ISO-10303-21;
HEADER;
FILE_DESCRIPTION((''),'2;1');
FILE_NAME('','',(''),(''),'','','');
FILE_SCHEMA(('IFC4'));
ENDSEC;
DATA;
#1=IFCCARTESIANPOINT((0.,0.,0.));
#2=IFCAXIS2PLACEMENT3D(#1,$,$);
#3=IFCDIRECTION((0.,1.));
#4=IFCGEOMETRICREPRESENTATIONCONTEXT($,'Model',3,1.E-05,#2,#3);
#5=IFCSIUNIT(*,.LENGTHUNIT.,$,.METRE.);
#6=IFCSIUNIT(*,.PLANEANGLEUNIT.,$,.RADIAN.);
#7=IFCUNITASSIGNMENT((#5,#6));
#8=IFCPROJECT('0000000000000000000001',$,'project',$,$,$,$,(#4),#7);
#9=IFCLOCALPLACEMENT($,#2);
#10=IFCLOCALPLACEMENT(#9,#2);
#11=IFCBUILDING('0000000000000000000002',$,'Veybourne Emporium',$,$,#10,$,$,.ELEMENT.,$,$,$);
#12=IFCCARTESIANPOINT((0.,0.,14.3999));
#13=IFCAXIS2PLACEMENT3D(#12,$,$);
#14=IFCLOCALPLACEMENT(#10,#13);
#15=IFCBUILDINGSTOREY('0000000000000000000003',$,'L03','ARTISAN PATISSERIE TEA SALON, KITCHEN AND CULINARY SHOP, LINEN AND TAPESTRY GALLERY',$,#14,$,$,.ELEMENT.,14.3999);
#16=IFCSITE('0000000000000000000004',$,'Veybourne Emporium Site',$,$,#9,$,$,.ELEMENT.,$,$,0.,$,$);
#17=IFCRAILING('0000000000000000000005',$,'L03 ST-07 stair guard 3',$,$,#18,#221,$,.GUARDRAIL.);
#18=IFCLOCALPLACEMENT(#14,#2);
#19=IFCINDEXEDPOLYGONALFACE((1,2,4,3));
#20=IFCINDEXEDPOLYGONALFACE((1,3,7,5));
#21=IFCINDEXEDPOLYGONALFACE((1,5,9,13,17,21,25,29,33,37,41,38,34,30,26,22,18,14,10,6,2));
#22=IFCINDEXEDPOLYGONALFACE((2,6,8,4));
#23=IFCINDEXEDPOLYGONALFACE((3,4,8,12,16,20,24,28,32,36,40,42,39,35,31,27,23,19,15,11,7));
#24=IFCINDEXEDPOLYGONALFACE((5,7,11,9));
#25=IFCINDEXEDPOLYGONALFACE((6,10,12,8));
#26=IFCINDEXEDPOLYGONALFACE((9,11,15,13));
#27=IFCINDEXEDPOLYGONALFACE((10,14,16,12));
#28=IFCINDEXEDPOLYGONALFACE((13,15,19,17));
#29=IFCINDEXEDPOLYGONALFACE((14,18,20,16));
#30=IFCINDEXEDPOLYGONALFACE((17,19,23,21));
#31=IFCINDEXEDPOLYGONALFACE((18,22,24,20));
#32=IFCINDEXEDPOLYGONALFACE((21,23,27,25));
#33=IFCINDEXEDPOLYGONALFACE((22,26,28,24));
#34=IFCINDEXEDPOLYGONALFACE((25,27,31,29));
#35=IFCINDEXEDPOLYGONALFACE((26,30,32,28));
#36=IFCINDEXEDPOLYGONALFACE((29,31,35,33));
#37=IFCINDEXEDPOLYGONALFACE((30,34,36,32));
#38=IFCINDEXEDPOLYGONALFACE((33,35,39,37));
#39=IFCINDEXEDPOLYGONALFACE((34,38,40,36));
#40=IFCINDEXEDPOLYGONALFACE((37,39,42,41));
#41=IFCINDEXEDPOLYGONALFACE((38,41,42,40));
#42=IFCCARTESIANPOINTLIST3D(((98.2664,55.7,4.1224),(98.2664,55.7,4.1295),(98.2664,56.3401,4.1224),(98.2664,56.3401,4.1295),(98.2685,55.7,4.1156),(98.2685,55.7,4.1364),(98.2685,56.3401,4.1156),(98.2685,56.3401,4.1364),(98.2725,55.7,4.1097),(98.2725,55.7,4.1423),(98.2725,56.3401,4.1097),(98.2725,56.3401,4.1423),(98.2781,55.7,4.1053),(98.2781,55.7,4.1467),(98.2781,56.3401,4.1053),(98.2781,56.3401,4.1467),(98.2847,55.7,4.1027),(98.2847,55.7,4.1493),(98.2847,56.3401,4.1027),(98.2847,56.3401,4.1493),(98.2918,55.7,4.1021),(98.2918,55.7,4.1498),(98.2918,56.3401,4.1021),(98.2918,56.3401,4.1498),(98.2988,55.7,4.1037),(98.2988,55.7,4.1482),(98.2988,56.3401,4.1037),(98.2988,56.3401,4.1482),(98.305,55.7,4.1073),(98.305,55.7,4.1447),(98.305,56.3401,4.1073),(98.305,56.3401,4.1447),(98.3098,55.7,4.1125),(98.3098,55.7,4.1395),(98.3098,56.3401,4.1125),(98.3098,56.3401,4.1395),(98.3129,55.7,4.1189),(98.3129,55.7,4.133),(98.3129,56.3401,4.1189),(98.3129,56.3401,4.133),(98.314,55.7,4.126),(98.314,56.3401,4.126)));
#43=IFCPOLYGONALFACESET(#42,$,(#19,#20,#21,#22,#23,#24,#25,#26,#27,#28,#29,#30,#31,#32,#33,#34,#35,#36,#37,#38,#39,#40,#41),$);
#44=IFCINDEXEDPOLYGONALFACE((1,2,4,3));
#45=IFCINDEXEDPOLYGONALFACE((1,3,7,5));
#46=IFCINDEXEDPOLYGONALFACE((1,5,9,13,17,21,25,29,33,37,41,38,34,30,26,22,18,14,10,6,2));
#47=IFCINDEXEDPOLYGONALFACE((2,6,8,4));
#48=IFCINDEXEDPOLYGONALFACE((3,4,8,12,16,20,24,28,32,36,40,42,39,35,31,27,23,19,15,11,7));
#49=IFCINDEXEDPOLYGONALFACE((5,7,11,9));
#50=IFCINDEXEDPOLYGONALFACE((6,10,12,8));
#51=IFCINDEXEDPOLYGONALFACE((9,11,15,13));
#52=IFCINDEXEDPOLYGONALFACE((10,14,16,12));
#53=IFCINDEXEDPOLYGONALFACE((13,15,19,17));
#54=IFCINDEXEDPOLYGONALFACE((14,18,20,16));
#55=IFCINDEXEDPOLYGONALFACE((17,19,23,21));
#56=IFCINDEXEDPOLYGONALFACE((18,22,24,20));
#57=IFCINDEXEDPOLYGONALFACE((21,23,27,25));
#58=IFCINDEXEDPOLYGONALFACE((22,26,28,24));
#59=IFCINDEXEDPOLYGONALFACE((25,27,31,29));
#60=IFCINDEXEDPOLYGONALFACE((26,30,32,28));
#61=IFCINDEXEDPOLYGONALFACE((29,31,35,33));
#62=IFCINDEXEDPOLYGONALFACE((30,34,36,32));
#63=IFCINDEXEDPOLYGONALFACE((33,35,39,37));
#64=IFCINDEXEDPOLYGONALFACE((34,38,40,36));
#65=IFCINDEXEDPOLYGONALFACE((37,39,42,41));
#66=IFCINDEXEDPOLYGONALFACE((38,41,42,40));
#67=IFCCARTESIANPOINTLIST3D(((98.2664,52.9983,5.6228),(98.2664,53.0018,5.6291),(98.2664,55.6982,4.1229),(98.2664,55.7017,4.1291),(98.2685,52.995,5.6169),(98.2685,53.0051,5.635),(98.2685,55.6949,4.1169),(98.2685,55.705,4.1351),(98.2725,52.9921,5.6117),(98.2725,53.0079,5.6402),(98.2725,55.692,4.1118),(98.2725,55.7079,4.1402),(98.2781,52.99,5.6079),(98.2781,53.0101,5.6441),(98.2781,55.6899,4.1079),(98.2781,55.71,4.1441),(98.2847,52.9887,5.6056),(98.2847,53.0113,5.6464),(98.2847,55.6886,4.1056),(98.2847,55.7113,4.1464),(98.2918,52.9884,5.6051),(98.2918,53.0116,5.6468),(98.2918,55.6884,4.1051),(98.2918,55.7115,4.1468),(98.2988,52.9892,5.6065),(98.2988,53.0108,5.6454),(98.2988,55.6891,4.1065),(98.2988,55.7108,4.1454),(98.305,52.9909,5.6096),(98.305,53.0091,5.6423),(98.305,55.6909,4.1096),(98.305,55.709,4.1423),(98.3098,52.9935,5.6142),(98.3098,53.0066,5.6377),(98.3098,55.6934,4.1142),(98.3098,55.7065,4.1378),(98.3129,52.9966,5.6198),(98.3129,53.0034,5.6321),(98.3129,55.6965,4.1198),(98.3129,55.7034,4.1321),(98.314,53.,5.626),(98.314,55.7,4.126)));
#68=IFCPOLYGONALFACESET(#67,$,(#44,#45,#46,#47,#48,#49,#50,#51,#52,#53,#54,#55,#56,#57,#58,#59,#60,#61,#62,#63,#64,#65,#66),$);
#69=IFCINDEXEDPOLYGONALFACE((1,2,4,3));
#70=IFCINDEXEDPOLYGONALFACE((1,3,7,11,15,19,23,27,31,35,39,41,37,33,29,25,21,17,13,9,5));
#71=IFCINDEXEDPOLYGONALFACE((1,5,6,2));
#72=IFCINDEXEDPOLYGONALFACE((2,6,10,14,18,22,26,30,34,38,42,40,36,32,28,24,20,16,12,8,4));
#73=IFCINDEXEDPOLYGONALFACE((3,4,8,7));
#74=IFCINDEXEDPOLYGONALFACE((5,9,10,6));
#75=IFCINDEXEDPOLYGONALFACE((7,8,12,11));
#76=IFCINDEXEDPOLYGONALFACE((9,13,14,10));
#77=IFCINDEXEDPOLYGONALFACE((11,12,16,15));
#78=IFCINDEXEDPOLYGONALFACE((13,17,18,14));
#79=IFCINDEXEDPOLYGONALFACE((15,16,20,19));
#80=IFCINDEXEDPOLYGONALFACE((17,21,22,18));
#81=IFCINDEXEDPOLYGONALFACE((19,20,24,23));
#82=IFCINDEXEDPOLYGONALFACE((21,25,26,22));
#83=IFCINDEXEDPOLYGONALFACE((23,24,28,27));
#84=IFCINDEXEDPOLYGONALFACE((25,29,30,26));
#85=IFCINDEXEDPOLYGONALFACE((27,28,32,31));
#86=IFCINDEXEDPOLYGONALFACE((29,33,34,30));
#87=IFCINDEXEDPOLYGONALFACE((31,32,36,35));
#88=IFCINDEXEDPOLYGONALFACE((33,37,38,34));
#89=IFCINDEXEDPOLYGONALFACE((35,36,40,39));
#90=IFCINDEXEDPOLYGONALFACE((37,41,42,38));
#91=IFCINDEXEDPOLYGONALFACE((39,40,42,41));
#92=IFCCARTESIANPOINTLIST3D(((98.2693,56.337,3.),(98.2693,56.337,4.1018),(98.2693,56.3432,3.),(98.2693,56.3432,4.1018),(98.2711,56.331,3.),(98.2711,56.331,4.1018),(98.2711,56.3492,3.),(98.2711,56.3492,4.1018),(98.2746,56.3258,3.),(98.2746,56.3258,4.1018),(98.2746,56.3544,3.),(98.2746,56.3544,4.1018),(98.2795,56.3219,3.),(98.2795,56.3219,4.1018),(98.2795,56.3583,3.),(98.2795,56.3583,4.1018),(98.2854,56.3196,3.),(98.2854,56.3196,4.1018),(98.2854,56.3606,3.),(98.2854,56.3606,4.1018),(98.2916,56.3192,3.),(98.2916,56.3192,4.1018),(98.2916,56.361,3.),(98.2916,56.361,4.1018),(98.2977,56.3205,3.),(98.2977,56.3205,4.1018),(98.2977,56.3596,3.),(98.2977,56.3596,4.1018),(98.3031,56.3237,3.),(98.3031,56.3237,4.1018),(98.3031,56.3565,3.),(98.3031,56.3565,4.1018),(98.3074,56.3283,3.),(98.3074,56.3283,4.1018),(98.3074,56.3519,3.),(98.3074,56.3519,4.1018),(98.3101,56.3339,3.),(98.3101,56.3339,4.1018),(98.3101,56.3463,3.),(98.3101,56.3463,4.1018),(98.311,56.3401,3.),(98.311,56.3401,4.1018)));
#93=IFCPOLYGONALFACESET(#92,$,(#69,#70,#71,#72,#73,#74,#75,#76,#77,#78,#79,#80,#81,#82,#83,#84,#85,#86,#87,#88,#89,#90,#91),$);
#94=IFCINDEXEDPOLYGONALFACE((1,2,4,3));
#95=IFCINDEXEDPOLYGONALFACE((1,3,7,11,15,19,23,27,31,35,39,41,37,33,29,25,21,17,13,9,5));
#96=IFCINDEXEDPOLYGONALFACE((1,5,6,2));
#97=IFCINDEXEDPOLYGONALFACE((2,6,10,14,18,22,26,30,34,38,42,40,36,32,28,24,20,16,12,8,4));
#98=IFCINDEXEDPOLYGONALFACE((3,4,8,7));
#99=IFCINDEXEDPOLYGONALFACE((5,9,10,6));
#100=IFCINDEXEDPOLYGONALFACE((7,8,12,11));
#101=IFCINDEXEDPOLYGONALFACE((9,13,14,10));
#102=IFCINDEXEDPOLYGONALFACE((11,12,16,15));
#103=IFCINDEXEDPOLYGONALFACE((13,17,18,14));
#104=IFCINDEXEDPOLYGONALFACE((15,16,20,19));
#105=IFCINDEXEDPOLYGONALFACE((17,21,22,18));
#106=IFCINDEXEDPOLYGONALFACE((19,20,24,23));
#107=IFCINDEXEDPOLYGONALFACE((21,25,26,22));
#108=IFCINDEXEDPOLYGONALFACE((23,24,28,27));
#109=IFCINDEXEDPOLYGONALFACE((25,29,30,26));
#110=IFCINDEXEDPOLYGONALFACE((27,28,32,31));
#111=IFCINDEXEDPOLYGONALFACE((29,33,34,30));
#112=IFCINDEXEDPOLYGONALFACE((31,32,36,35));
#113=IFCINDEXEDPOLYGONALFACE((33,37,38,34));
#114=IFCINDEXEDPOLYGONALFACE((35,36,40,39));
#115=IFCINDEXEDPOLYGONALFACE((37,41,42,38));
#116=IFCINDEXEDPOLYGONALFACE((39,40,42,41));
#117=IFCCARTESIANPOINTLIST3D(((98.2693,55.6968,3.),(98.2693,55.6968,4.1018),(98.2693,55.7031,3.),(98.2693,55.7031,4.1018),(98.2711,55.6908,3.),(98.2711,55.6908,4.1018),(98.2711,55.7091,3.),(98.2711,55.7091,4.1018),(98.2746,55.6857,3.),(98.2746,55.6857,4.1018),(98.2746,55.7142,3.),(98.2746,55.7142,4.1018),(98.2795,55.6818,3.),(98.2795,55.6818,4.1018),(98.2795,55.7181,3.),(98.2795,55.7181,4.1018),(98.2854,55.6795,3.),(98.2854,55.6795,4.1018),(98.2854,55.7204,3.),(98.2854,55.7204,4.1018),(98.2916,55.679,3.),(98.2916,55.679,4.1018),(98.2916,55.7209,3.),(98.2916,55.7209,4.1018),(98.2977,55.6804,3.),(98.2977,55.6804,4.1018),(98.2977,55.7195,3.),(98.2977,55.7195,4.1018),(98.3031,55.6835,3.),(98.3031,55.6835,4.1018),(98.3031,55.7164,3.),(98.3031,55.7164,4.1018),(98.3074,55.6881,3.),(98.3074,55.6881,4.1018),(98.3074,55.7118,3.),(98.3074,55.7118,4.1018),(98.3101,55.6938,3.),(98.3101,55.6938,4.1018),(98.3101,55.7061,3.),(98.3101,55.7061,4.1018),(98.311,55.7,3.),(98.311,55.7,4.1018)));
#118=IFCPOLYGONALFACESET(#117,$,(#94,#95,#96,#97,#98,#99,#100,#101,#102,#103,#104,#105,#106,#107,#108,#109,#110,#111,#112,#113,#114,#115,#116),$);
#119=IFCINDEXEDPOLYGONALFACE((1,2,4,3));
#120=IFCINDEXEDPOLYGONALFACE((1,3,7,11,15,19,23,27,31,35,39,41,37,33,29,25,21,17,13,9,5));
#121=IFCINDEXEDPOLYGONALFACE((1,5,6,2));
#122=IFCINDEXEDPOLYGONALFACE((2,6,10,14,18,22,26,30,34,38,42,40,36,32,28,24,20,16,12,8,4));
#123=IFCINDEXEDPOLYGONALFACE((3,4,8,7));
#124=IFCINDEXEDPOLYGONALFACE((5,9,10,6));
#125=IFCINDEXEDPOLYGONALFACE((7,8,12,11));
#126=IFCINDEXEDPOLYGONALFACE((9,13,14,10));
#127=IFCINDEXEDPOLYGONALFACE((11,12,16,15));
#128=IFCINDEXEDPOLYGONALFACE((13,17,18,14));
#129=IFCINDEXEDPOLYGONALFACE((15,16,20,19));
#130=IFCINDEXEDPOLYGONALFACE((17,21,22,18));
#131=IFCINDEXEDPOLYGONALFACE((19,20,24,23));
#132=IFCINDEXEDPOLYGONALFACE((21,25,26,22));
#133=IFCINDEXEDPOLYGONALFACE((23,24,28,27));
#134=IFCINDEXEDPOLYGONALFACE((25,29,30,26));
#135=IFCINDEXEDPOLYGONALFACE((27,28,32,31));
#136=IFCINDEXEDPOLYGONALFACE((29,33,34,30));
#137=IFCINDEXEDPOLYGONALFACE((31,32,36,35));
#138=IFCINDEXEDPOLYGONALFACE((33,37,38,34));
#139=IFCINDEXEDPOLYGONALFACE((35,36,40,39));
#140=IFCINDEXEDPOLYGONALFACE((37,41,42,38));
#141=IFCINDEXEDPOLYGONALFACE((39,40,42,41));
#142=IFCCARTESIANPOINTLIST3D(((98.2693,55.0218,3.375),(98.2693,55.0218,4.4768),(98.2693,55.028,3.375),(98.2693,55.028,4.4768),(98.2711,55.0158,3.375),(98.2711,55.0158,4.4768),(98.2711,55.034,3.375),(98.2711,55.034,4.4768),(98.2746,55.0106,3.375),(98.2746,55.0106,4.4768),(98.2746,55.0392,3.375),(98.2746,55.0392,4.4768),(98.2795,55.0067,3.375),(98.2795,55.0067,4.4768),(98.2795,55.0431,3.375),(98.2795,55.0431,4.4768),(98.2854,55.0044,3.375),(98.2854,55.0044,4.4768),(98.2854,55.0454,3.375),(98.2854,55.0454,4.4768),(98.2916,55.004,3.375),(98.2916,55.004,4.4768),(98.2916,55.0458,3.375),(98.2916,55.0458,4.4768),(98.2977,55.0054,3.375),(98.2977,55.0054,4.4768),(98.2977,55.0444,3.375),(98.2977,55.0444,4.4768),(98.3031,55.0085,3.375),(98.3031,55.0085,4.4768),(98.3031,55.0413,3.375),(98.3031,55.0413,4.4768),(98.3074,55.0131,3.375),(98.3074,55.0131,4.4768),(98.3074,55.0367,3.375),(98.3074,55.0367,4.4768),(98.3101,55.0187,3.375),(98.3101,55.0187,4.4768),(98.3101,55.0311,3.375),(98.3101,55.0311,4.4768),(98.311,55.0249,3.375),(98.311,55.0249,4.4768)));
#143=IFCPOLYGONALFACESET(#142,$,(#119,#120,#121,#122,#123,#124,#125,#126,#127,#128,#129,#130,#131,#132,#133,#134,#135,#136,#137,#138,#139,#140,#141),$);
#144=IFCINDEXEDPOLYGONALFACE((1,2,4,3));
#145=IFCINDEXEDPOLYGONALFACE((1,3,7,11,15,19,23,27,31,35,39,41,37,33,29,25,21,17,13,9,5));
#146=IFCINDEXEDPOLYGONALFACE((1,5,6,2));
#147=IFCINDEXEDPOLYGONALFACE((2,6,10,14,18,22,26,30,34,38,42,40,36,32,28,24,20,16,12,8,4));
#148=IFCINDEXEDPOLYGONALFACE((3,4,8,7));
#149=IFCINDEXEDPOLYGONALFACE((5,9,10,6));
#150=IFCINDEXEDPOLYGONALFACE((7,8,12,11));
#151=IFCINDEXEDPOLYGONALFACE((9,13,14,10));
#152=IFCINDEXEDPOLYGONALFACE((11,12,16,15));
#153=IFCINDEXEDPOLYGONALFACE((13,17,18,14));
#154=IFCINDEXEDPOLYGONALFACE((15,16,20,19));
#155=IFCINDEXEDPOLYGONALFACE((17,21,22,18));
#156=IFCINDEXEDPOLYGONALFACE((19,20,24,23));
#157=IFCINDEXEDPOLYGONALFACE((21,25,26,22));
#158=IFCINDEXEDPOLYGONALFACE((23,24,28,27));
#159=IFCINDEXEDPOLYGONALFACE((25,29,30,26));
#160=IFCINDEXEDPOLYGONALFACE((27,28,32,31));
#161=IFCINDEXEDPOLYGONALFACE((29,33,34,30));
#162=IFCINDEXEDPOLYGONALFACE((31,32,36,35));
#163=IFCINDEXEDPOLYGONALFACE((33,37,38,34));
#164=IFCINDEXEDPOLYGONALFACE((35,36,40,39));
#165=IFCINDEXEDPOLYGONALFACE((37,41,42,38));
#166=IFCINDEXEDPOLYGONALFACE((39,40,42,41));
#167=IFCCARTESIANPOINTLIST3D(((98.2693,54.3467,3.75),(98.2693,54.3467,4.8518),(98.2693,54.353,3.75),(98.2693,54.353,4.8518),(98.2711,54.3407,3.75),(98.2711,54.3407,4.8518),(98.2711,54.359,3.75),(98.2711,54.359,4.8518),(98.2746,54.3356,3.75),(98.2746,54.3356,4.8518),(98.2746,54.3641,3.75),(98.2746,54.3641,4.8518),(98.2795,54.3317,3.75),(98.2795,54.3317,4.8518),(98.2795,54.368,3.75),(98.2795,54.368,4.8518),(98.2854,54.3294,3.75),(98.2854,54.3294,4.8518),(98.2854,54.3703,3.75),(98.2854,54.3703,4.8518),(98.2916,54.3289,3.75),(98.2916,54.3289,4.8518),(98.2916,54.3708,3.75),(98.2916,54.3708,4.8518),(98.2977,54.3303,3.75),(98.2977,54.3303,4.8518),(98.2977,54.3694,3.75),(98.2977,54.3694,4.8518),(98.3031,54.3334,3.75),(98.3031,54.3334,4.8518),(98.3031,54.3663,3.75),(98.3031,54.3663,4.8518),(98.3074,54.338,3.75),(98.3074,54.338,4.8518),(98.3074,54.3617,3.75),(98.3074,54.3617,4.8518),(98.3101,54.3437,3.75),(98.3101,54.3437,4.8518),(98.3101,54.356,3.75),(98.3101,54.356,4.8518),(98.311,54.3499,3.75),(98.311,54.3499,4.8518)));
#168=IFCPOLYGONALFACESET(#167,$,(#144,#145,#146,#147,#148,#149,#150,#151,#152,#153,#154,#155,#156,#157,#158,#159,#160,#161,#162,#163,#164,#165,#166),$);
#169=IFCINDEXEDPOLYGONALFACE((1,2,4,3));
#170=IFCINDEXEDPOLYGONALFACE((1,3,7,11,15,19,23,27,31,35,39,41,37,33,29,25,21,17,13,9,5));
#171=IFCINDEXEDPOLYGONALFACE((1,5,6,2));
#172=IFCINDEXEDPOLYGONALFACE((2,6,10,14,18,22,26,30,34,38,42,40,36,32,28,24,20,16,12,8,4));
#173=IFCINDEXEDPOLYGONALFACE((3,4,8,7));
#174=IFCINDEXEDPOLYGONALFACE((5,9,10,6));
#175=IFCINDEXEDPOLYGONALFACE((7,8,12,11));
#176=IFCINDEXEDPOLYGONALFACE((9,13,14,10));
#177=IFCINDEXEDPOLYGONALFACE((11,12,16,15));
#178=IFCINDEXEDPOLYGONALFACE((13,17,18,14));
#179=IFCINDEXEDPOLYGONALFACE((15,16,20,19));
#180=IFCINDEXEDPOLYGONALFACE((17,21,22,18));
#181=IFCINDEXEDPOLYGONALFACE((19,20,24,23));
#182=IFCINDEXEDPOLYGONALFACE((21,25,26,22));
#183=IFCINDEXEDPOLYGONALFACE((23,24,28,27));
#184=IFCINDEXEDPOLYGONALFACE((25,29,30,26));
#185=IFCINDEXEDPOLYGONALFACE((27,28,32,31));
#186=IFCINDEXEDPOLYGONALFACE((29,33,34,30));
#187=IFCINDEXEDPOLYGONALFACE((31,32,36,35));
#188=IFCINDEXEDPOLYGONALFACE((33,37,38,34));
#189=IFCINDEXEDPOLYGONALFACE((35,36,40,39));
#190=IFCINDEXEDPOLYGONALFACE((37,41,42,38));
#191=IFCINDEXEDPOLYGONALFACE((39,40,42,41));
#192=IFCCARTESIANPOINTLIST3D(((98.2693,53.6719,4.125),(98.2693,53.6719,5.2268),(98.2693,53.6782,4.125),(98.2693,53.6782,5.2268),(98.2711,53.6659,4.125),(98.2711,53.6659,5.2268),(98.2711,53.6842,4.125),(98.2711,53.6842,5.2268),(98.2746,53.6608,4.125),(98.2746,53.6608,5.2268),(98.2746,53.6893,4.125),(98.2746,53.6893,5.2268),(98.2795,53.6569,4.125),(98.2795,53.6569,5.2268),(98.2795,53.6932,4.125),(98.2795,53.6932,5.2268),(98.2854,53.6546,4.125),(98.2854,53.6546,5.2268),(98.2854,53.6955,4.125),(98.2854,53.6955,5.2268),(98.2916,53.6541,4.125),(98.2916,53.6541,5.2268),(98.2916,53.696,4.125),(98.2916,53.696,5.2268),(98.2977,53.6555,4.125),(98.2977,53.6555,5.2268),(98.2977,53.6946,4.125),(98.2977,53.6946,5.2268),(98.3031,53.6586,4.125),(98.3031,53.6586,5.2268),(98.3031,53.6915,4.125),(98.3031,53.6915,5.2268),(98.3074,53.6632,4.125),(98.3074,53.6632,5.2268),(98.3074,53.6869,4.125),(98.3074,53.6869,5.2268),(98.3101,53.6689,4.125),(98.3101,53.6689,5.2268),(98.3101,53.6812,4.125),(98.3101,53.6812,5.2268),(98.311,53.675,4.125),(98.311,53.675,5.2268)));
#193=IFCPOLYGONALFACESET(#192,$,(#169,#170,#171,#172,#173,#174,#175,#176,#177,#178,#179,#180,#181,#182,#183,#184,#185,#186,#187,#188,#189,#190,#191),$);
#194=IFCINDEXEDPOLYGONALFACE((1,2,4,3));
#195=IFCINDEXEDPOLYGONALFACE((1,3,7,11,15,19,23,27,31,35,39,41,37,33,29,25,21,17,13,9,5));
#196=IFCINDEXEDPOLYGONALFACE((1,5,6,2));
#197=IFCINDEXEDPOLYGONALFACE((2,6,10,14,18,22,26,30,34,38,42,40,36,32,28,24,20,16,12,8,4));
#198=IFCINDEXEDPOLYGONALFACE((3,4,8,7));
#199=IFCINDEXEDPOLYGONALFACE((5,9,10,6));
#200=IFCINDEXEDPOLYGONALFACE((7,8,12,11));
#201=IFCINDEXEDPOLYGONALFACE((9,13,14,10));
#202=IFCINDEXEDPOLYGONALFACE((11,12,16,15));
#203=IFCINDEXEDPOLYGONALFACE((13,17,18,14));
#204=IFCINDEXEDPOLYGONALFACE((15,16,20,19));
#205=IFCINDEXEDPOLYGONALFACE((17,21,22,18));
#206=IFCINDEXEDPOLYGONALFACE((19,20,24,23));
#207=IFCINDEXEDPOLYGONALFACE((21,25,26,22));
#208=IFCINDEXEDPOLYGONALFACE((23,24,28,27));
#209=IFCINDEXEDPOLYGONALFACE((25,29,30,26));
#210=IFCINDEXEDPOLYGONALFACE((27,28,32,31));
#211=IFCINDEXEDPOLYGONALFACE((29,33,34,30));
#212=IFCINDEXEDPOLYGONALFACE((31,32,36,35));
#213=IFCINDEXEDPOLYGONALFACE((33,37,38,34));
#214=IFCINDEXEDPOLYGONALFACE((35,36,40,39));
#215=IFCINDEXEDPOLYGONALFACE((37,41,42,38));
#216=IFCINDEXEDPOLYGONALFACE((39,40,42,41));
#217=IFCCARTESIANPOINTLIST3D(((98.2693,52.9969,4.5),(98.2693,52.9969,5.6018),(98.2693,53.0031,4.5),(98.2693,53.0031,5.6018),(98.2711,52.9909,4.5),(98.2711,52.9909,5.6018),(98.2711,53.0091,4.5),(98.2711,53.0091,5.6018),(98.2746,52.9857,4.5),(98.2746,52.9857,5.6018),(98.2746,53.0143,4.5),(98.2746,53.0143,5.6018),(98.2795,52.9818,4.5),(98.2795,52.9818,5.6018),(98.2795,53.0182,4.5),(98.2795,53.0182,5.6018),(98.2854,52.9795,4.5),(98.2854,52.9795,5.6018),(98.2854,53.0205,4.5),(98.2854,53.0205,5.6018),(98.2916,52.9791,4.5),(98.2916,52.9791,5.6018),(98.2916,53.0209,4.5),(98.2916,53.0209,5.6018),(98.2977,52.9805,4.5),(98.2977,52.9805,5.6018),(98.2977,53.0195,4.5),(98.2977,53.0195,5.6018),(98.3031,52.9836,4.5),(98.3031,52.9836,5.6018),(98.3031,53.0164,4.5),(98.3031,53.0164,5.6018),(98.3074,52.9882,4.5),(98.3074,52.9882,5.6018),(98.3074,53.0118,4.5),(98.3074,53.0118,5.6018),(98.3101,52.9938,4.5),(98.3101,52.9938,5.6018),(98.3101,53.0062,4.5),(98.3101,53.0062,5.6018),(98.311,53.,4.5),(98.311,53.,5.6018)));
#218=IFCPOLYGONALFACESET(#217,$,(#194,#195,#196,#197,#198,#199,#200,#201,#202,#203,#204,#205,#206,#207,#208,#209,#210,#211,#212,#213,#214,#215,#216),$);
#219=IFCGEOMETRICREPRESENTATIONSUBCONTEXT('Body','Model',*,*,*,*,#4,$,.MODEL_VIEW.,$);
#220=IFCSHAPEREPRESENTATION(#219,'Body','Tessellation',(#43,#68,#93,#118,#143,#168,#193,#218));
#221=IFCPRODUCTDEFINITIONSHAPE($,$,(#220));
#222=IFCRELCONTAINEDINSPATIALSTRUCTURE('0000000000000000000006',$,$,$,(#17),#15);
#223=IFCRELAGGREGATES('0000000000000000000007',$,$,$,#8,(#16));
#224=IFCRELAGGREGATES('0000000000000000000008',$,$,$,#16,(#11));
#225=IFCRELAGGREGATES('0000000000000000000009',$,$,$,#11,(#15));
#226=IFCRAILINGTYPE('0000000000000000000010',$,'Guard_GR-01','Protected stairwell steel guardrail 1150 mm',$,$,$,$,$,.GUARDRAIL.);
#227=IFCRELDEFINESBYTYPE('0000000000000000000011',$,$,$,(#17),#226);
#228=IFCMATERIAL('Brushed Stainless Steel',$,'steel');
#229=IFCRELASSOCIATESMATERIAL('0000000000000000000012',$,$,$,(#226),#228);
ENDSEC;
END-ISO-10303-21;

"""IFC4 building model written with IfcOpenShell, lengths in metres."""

from ifc_helpers import new_model, si_unit, direction, frame, origin, origin_2d, place, context, subcontext, project, spatial, circle, extrude, material, type_object, element, save


model = new_model("IFC4")

# Units and contexts
model_context = context("Model", 3, precision=1e-05, world=origin(), true_north=direction((0.0, 1.0)))
body_context = subcontext(model_context, "Body", "Model", "MODEL_VIEW")
ifc_project = project(units=[si_unit("LENGTHUNIT", "METRE"), si_unit("PLANEANGLEUNIT", "RADIAN")], contexts=[model_context])

# Site, building, storey
site_placement = place(None, origin())
site = spatial("IfcSite", under=ifc_project, at=site_placement, Name="Veybourne Emporium Site", CompositionType="ELEMENT", RefElevation=0.0)
building_placement = place(site_placement, origin())
building = spatial("IfcBuilding", under=site, at=building_placement, Name="Veybourne Emporium", CompositionType="ELEMENT")
storey_placement = place(building_placement, frame((0.0, 0.0, 14.3999)))
storey = spatial("IfcBuildingStorey", under=building, at=storey_placement, Name="L03", Description="ARTISAN PATISSERIE TEA SALON, KITCHEN AND CULINARY SHOP, LINEN AND TAPESTRY GALLERY", CompositionType="ELEMENT", Elevation=14.3999)

# Railing
ifc_material_1 = material(Name="Brushed Stainless Steel", Category="steel")
railing_type_1 = type_object("IfcRailingType", Name="Guard_GR-01", Description="Protected stairwell steel guardrail 1150 mm", PredefinedType="GUARDRAIL", material=ifc_material_1)
railing_1_placement = place(storey_placement, frame((98.29, 56.3401, 3.0)))
element("IfcRailing", 1, at=railing_1_placement, inside=storey, type_object=railing_type_1, Name="L03 ST-07 stair guard 3", PredefinedType="GUARDRAIL", context=body_context, shape_type="SweptSolid", body=[
    extrude(circle(Radius=0.0239, at=origin_2d()), frame((0.0, 0.0, 1.126), z_axis=(0.0, -1.0, 0.0), x_axis=(1.0, 0.0, 0.0)), (0.0, 0.0, 1.0), 0.6401),
    extrude(circle(Radius=0.0239, at=origin_2d()), frame((0.0, -0.6401, 1.126), z_axis=(0.0, -0.874154, 0.48565), x_axis=(1.0, 0.0, 0.0)), (0.0, 0.0, 1.0), 3.0886),
    extrude(circle(Radius=0.021, at=origin_2d()), origin(), (0.0, 0.0, 1.0), 1.1018),
    extrude(circle(Radius=0.021, at=origin_2d()), frame((0.0, -0.6401, 0.0)), (0.0, 0.0, 1.0), 1.1018),
    extrude(circle(Radius=0.021, at=origin_2d()), frame((0.0, -1.3152, 0.375)), (0.0, 0.0, 1.0), 1.1018),
    extrude(circle(Radius=0.021, at=origin_2d()), frame((0.0, -1.9902, 0.75)), (0.0, 0.0, 1.0), 1.1018),
    extrude(circle(Radius=0.021, at=origin_2d()), frame((0.0, -2.665, 1.125)), (0.0, 0.0, 1.0), 1.1018),
    extrude(circle(Radius=0.021, at=origin_2d()), frame((0.0, -3.3401, 1.5)), (0.0, 0.0, 1.0), 1.1018),
])

save(model, "model.ifc")
